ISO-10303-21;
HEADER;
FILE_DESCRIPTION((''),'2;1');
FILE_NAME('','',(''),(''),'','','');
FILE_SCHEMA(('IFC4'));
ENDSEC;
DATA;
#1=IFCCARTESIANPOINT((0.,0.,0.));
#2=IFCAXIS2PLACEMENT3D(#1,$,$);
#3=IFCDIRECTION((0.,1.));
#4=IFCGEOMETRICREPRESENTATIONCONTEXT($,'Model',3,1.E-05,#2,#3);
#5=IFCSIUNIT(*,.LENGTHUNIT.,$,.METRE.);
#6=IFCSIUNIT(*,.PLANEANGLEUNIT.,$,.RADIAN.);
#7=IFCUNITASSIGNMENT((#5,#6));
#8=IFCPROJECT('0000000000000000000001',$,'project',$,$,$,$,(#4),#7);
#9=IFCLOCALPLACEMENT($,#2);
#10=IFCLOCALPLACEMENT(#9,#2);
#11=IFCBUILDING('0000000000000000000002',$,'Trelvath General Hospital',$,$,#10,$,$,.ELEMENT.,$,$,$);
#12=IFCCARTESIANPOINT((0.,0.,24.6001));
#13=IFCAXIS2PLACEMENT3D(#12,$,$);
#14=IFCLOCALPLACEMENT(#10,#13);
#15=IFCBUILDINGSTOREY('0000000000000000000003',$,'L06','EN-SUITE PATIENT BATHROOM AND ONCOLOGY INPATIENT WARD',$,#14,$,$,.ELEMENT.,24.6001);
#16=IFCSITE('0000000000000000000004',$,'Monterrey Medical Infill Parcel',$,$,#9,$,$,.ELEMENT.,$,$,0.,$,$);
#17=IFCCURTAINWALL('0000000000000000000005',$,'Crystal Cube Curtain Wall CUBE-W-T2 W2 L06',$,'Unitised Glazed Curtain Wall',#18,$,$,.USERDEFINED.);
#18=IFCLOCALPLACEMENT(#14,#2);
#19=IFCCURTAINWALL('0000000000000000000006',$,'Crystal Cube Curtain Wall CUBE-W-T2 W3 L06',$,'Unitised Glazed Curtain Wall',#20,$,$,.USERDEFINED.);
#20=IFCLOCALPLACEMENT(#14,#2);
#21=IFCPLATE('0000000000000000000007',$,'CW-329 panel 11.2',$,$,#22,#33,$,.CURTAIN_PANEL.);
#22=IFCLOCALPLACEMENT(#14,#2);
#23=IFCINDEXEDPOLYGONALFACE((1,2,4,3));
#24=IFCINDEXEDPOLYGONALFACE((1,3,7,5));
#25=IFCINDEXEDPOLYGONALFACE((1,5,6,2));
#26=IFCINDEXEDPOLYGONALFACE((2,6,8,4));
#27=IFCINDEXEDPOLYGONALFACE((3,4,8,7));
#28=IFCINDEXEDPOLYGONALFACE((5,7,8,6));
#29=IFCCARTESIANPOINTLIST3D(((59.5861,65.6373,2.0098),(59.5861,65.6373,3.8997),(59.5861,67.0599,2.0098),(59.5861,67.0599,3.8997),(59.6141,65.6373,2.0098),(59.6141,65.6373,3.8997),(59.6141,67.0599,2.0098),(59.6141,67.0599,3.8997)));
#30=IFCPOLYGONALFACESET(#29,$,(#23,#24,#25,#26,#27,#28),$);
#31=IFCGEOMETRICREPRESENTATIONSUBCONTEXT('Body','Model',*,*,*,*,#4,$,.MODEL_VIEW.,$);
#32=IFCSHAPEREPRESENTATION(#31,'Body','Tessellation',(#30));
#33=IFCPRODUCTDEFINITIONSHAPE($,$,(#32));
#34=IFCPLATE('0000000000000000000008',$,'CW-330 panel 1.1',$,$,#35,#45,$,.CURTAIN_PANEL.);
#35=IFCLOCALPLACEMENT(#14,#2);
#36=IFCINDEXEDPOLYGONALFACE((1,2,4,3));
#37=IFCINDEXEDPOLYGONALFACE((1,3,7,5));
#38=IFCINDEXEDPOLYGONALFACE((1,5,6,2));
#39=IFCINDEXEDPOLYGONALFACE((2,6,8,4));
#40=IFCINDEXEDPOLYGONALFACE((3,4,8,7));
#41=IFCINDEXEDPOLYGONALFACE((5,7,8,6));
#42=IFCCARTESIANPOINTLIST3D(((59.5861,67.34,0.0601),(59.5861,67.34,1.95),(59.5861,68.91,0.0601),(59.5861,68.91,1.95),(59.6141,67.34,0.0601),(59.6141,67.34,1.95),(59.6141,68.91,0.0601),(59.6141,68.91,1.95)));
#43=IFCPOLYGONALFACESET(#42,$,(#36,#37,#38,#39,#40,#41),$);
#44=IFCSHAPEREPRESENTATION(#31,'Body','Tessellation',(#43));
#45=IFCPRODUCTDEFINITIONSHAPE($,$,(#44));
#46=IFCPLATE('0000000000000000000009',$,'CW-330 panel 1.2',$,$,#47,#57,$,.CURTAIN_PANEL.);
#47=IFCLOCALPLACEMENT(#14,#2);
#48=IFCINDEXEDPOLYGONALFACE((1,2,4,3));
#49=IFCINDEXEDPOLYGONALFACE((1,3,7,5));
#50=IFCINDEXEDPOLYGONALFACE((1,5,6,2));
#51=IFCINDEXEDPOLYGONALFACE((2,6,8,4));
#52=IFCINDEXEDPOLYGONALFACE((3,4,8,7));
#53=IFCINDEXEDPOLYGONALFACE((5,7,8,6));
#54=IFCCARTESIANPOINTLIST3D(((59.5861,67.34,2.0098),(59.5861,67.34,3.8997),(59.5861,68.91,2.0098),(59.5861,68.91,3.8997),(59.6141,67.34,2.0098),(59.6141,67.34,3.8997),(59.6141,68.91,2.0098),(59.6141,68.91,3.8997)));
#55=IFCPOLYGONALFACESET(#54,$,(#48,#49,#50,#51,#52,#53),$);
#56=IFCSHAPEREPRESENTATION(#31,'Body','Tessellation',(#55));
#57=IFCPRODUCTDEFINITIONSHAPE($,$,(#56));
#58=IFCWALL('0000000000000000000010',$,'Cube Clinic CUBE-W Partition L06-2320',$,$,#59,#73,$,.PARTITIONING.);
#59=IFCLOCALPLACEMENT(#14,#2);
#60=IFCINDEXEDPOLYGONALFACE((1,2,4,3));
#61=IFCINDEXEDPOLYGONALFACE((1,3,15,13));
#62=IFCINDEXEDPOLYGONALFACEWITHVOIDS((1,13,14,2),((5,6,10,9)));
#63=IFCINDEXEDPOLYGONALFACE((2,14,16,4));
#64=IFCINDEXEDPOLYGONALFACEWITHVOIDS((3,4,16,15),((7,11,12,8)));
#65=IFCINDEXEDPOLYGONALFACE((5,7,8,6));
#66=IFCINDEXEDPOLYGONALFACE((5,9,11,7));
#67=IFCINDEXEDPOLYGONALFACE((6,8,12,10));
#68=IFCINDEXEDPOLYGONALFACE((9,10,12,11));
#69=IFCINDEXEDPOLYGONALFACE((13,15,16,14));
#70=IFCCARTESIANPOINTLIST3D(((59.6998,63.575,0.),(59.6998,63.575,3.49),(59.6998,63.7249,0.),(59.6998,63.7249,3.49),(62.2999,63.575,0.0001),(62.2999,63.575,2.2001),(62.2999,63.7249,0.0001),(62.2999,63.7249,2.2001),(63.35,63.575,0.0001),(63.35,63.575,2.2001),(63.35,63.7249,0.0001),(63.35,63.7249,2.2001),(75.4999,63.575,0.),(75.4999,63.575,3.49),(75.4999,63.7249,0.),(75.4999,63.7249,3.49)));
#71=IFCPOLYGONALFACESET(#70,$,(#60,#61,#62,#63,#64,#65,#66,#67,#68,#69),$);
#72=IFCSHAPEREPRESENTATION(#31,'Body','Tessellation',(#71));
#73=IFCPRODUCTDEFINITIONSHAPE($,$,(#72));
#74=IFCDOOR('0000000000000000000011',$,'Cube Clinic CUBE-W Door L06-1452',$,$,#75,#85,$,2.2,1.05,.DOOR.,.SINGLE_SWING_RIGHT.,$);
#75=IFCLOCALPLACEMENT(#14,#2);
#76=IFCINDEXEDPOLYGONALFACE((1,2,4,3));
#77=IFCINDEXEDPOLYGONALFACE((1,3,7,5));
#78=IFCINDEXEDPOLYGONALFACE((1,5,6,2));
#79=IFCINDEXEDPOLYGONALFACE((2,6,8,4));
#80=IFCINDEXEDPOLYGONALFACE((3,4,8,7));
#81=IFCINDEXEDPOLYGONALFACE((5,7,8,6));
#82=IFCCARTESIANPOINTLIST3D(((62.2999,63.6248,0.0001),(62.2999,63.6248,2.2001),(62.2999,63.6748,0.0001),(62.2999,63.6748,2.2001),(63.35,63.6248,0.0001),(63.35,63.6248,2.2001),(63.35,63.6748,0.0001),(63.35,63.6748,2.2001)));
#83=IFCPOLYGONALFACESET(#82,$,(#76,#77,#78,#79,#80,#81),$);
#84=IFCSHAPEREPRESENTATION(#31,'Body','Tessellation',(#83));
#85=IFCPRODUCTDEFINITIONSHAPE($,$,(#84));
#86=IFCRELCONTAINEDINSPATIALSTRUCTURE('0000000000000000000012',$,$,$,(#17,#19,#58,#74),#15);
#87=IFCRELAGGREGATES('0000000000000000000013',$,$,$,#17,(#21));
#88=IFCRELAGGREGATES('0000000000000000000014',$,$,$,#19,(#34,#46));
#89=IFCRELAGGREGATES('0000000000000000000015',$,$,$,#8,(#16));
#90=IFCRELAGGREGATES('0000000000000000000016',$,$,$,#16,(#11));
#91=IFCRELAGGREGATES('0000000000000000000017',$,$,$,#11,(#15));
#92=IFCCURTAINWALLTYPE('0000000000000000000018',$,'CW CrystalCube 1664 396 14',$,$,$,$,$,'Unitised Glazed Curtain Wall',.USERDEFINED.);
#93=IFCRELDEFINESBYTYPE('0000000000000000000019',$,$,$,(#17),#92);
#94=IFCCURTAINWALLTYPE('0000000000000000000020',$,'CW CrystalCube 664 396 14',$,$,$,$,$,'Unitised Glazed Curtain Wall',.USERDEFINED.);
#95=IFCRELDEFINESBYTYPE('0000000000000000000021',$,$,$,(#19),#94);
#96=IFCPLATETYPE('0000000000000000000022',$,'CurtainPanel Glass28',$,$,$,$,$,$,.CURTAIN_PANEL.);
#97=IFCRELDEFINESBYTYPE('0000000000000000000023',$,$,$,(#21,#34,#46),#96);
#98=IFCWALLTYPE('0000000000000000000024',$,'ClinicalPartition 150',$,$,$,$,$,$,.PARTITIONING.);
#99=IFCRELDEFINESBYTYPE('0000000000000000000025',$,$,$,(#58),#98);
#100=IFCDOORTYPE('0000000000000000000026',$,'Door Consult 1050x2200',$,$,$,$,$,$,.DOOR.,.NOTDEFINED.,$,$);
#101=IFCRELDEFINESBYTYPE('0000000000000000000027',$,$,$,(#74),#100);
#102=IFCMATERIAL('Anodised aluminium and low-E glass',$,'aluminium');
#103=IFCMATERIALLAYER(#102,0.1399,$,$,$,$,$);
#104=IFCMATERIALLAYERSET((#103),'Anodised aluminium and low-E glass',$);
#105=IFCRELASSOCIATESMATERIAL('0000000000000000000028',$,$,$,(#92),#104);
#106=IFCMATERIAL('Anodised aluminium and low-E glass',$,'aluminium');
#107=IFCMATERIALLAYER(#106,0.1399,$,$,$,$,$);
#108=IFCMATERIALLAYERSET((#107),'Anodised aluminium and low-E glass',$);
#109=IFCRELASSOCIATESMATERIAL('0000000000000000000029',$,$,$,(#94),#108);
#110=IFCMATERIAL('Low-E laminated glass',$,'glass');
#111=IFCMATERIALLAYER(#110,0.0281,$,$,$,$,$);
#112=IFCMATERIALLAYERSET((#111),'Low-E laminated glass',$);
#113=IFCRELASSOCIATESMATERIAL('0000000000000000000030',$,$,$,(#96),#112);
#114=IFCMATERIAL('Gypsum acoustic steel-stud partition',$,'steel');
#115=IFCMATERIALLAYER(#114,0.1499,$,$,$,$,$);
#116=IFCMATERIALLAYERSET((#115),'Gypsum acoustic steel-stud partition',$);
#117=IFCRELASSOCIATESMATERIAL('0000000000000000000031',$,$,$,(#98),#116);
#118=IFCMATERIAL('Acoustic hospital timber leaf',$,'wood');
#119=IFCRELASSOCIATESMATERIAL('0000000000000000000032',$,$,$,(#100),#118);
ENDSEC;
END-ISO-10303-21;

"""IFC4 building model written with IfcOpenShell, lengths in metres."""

from ifc_helpers import new_model, si_unit, direction, frame, frame_2d, origin, origin_2d, place, context, subcontext, project, spatial, rectangle, extrude, material, layer, layer_set, type_object, element, fill, aggregate, save


model = new_model("IFC4")

# Units and contexts
model_context = context("Model", 3, precision=1e-05, world=origin(), true_north=direction((0.0, 1.0)))
body_context = subcontext(model_context, "Body", "Model", "MODEL_VIEW")
ifc_project = project(units=[si_unit("LENGTHUNIT", "METRE"), si_unit("PLANEANGLEUNIT", "RADIAN")], contexts=[model_context])

# Site, building, storey
site_placement = place(None, origin())
site = spatial("IfcSite", under=ifc_project, at=site_placement, Name="Monterrey Medical Infill Parcel", CompositionType="ELEMENT", RefElevation=0.0)
building_placement = place(site_placement, origin())
building = spatial("IfcBuilding", under=site, at=building_placement, Name="Trelvath General Hospital", CompositionType="ELEMENT")
storey_placement = place(building_placement, frame((0.0, 0.0, 24.6001)))
storey = spatial("IfcBuildingStorey", under=building, at=storey_placement, Name="L06", Description="EN-SUITE PATIENT BATHROOM AND ONCOLOGY INPATIENT WARD", CompositionType="ELEMENT", Elevation=24.6001)

# Curtain walls
ifc_material_1 = material(Name="Anodised aluminium and low-E glass", Category="aluminium")
ifc_layer_1 = layer(ifc_material_1, 0.1399)
ifc_layer_set_1 = layer_set([ifc_layer_1], Name="Anodised aluminium and low-E glass")
curtain_wall_type_1 = type_object("IfcCurtainWallType", Name="CW CrystalCube 1664 396 14", ElementType="Unitised Glazed Curtain Wall", PredefinedType="USERDEFINED", material=ifc_layer_set_1)
curtain_wall_1_placement = place(storey_placement, origin())
curtain_wall_1 = element("IfcCurtainWall", 1, at=curtain_wall_1_placement, inside=storey, type_object=curtain_wall_type_1, Name="Crystal Cube Curtain Wall CUBE-W-T2 W2 L06", ObjectType="Unitised Glazed Curtain Wall", PredefinedType="USERDEFINED")
ifc_material_2 = material(Name="Anodised aluminium and low-E glass", Category="aluminium")
ifc_layer_2 = layer(ifc_material_2, 0.1399)
ifc_layer_set_2 = layer_set([ifc_layer_2], Name="Anodised aluminium and low-E glass")
curtain_wall_type_2 = type_object("IfcCurtainWallType", Name="CW CrystalCube 664 396 14", ElementType="Unitised Glazed Curtain Wall", PredefinedType="USERDEFINED", material=ifc_layer_set_2)
curtain_wall_2_placement = place(storey_placement, origin())
curtain_wall_2 = element("IfcCurtainWall", 2, at=curtain_wall_2_placement, inside=storey, type_object=curtain_wall_type_2, Name="Crystal Cube Curtain Wall CUBE-W-T2 W3 L06", ObjectType="Unitised Glazed Curtain Wall", PredefinedType="USERDEFINED")

# Plates
ifc_material_3 = material(Name="Low-E laminated glass", Category="glass")
ifc_layer_3 = layer(ifc_material_3, 0.0281)
ifc_layer_set_3 = layer_set([ifc_layer_3], Name="Low-E laminated glass")
plate_type = type_object("IfcPlateType", Name="CurtainPanel Glass28", PredefinedType="CURTAIN_PANEL", material=ifc_layer_set_3)
plate_1_placement = place(storey_placement, frame((59.6001, 66.3486, 2.0098), z_axis=(0.0, 0.0, 1.0), x_axis=(0.0, 1.0, 0.0)))
plate_1 = element("IfcPlate", 3, at=plate_1_placement, type_object=plate_type, Name="CW-329 panel 11.2", PredefinedType="CURTAIN_PANEL", context=body_context, shape_type="SweptSolid", body=[
    extrude(rectangle(XDim=1.4226, YDim=0.0281, at=origin_2d()), origin(), (0.0, 0.0, 1.0), 1.8899),
])
aggregate(curtain_wall_1, [plate_1])
plate_2_placement = place(storey_placement, frame((59.6001, 68.125, 0.0601), z_axis=(0.0, 0.0, 1.0), x_axis=(0.0, 1.0, 0.0)))
plate_2 = element("IfcPlate", 4, at=plate_2_placement, type_object=plate_type, Name="CW-330 panel 1.1", PredefinedType="CURTAIN_PANEL", context=body_context, shape_type="SweptSolid", body=[
    extrude(rectangle(XDim=1.5701, YDim=0.0281, at=origin_2d()), origin(), (0.0, 0.0, 1.0), 1.8899),
])
plate_3_placement = place(storey_placement, frame((59.6001, 68.125, 2.0098), z_axis=(0.0, 0.0, 1.0), x_axis=(0.0, 1.0, 0.0)))
plate_3 = element("IfcPlate", 5, at=plate_3_placement, type_object=plate_type, Name="CW-330 panel 1.2", PredefinedType="CURTAIN_PANEL", context=body_context, shape_type="SweptSolid", body=[
    extrude(rectangle(XDim=1.5701, YDim=0.0281, at=origin_2d()), origin(), (0.0, 0.0, 1.0), 1.8899),
])
aggregate(curtain_wall_2, [plate_2, plate_3])

# Wall, opening, door
ifc_material_4 = material(Name="Gypsum acoustic steel-stud partition", Category="steel")
ifc_layer_4 = layer(ifc_material_4, 0.1499)
ifc_layer_set_4 = layer_set([ifc_layer_4], Name="Gypsum acoustic steel-stud partition")
wall_type = type_object("IfcWallType", Name="ClinicalPartition 150", PredefinedType="PARTITIONING", material=ifc_layer_set_4)
wall_placement = place(storey_placement, frame((59.7, 63.6499, 0.0), z_axis=(0.0, 0.0, 1.0), x_axis=(1.0, 0.0, 0.0)))
wall = element("IfcWall", 6, at=wall_placement, inside=storey, type_object=wall_type, Name="Cube Clinic CUBE-W Partition L06-2320", PredefinedType="PARTITIONING", context=body_context, shape_type="SweptSolid", body=[
    extrude(rectangle(XDim=15.8, YDim=0.1499, at=frame_2d((7.8999, 0.0))), origin(), (0.0, 0.0, 1.0), 3.49),
])
opening_placement = place(wall_placement, frame((2.6001, 0.0, 0.0)))
opening = element("IfcOpeningElement", 7, at=opening_placement, cuts=wall, PredefinedType="OPENING", context=body_context, shape_type="SweptSolid", body=[
    extrude(rectangle(XDim=1.05, YDim=2.2, at=frame_2d((0.5249, 1.1001))), frame((0.0, 0.085, 0.0), z_axis=(0.0, -1.0, 0.0), x_axis=(1.0, 0.0, 0.0)), (0.0, 0.0, 1.0), 0.1699),
])
ifc_material_5 = material(Name="Acoustic hospital timber leaf", Category="wood")
door_type = type_object("IfcDoorType", Name="Door Consult 1050x2200", OperationType="NOTDEFINED", PredefinedType="DOOR", material=ifc_material_5)
door_placement = place(opening_placement, origin())
door = element("IfcDoor", 8, at=door_placement, inside=storey, type_object=door_type, Name="Cube Clinic CUBE-W Door L06-1452", OperationType="SINGLE_SWING_RIGHT", OverallHeight=2.2, OverallWidth=1.05, PredefinedType="DOOR", context=body_context, shape_type="SweptSolid", body=[
    extrude(rectangle(XDim=1.05, YDim=2.2, at=frame_2d((0.5249, 1.1001))), frame((0.0, 0.0249, 0.0), z_axis=(0.0, -1.0, 0.0), x_axis=(1.0, 0.0, 0.0)), (0.0, 0.0, 1.0), 0.05),
])
fill(opening, door)

save(model, "model.ifc")
